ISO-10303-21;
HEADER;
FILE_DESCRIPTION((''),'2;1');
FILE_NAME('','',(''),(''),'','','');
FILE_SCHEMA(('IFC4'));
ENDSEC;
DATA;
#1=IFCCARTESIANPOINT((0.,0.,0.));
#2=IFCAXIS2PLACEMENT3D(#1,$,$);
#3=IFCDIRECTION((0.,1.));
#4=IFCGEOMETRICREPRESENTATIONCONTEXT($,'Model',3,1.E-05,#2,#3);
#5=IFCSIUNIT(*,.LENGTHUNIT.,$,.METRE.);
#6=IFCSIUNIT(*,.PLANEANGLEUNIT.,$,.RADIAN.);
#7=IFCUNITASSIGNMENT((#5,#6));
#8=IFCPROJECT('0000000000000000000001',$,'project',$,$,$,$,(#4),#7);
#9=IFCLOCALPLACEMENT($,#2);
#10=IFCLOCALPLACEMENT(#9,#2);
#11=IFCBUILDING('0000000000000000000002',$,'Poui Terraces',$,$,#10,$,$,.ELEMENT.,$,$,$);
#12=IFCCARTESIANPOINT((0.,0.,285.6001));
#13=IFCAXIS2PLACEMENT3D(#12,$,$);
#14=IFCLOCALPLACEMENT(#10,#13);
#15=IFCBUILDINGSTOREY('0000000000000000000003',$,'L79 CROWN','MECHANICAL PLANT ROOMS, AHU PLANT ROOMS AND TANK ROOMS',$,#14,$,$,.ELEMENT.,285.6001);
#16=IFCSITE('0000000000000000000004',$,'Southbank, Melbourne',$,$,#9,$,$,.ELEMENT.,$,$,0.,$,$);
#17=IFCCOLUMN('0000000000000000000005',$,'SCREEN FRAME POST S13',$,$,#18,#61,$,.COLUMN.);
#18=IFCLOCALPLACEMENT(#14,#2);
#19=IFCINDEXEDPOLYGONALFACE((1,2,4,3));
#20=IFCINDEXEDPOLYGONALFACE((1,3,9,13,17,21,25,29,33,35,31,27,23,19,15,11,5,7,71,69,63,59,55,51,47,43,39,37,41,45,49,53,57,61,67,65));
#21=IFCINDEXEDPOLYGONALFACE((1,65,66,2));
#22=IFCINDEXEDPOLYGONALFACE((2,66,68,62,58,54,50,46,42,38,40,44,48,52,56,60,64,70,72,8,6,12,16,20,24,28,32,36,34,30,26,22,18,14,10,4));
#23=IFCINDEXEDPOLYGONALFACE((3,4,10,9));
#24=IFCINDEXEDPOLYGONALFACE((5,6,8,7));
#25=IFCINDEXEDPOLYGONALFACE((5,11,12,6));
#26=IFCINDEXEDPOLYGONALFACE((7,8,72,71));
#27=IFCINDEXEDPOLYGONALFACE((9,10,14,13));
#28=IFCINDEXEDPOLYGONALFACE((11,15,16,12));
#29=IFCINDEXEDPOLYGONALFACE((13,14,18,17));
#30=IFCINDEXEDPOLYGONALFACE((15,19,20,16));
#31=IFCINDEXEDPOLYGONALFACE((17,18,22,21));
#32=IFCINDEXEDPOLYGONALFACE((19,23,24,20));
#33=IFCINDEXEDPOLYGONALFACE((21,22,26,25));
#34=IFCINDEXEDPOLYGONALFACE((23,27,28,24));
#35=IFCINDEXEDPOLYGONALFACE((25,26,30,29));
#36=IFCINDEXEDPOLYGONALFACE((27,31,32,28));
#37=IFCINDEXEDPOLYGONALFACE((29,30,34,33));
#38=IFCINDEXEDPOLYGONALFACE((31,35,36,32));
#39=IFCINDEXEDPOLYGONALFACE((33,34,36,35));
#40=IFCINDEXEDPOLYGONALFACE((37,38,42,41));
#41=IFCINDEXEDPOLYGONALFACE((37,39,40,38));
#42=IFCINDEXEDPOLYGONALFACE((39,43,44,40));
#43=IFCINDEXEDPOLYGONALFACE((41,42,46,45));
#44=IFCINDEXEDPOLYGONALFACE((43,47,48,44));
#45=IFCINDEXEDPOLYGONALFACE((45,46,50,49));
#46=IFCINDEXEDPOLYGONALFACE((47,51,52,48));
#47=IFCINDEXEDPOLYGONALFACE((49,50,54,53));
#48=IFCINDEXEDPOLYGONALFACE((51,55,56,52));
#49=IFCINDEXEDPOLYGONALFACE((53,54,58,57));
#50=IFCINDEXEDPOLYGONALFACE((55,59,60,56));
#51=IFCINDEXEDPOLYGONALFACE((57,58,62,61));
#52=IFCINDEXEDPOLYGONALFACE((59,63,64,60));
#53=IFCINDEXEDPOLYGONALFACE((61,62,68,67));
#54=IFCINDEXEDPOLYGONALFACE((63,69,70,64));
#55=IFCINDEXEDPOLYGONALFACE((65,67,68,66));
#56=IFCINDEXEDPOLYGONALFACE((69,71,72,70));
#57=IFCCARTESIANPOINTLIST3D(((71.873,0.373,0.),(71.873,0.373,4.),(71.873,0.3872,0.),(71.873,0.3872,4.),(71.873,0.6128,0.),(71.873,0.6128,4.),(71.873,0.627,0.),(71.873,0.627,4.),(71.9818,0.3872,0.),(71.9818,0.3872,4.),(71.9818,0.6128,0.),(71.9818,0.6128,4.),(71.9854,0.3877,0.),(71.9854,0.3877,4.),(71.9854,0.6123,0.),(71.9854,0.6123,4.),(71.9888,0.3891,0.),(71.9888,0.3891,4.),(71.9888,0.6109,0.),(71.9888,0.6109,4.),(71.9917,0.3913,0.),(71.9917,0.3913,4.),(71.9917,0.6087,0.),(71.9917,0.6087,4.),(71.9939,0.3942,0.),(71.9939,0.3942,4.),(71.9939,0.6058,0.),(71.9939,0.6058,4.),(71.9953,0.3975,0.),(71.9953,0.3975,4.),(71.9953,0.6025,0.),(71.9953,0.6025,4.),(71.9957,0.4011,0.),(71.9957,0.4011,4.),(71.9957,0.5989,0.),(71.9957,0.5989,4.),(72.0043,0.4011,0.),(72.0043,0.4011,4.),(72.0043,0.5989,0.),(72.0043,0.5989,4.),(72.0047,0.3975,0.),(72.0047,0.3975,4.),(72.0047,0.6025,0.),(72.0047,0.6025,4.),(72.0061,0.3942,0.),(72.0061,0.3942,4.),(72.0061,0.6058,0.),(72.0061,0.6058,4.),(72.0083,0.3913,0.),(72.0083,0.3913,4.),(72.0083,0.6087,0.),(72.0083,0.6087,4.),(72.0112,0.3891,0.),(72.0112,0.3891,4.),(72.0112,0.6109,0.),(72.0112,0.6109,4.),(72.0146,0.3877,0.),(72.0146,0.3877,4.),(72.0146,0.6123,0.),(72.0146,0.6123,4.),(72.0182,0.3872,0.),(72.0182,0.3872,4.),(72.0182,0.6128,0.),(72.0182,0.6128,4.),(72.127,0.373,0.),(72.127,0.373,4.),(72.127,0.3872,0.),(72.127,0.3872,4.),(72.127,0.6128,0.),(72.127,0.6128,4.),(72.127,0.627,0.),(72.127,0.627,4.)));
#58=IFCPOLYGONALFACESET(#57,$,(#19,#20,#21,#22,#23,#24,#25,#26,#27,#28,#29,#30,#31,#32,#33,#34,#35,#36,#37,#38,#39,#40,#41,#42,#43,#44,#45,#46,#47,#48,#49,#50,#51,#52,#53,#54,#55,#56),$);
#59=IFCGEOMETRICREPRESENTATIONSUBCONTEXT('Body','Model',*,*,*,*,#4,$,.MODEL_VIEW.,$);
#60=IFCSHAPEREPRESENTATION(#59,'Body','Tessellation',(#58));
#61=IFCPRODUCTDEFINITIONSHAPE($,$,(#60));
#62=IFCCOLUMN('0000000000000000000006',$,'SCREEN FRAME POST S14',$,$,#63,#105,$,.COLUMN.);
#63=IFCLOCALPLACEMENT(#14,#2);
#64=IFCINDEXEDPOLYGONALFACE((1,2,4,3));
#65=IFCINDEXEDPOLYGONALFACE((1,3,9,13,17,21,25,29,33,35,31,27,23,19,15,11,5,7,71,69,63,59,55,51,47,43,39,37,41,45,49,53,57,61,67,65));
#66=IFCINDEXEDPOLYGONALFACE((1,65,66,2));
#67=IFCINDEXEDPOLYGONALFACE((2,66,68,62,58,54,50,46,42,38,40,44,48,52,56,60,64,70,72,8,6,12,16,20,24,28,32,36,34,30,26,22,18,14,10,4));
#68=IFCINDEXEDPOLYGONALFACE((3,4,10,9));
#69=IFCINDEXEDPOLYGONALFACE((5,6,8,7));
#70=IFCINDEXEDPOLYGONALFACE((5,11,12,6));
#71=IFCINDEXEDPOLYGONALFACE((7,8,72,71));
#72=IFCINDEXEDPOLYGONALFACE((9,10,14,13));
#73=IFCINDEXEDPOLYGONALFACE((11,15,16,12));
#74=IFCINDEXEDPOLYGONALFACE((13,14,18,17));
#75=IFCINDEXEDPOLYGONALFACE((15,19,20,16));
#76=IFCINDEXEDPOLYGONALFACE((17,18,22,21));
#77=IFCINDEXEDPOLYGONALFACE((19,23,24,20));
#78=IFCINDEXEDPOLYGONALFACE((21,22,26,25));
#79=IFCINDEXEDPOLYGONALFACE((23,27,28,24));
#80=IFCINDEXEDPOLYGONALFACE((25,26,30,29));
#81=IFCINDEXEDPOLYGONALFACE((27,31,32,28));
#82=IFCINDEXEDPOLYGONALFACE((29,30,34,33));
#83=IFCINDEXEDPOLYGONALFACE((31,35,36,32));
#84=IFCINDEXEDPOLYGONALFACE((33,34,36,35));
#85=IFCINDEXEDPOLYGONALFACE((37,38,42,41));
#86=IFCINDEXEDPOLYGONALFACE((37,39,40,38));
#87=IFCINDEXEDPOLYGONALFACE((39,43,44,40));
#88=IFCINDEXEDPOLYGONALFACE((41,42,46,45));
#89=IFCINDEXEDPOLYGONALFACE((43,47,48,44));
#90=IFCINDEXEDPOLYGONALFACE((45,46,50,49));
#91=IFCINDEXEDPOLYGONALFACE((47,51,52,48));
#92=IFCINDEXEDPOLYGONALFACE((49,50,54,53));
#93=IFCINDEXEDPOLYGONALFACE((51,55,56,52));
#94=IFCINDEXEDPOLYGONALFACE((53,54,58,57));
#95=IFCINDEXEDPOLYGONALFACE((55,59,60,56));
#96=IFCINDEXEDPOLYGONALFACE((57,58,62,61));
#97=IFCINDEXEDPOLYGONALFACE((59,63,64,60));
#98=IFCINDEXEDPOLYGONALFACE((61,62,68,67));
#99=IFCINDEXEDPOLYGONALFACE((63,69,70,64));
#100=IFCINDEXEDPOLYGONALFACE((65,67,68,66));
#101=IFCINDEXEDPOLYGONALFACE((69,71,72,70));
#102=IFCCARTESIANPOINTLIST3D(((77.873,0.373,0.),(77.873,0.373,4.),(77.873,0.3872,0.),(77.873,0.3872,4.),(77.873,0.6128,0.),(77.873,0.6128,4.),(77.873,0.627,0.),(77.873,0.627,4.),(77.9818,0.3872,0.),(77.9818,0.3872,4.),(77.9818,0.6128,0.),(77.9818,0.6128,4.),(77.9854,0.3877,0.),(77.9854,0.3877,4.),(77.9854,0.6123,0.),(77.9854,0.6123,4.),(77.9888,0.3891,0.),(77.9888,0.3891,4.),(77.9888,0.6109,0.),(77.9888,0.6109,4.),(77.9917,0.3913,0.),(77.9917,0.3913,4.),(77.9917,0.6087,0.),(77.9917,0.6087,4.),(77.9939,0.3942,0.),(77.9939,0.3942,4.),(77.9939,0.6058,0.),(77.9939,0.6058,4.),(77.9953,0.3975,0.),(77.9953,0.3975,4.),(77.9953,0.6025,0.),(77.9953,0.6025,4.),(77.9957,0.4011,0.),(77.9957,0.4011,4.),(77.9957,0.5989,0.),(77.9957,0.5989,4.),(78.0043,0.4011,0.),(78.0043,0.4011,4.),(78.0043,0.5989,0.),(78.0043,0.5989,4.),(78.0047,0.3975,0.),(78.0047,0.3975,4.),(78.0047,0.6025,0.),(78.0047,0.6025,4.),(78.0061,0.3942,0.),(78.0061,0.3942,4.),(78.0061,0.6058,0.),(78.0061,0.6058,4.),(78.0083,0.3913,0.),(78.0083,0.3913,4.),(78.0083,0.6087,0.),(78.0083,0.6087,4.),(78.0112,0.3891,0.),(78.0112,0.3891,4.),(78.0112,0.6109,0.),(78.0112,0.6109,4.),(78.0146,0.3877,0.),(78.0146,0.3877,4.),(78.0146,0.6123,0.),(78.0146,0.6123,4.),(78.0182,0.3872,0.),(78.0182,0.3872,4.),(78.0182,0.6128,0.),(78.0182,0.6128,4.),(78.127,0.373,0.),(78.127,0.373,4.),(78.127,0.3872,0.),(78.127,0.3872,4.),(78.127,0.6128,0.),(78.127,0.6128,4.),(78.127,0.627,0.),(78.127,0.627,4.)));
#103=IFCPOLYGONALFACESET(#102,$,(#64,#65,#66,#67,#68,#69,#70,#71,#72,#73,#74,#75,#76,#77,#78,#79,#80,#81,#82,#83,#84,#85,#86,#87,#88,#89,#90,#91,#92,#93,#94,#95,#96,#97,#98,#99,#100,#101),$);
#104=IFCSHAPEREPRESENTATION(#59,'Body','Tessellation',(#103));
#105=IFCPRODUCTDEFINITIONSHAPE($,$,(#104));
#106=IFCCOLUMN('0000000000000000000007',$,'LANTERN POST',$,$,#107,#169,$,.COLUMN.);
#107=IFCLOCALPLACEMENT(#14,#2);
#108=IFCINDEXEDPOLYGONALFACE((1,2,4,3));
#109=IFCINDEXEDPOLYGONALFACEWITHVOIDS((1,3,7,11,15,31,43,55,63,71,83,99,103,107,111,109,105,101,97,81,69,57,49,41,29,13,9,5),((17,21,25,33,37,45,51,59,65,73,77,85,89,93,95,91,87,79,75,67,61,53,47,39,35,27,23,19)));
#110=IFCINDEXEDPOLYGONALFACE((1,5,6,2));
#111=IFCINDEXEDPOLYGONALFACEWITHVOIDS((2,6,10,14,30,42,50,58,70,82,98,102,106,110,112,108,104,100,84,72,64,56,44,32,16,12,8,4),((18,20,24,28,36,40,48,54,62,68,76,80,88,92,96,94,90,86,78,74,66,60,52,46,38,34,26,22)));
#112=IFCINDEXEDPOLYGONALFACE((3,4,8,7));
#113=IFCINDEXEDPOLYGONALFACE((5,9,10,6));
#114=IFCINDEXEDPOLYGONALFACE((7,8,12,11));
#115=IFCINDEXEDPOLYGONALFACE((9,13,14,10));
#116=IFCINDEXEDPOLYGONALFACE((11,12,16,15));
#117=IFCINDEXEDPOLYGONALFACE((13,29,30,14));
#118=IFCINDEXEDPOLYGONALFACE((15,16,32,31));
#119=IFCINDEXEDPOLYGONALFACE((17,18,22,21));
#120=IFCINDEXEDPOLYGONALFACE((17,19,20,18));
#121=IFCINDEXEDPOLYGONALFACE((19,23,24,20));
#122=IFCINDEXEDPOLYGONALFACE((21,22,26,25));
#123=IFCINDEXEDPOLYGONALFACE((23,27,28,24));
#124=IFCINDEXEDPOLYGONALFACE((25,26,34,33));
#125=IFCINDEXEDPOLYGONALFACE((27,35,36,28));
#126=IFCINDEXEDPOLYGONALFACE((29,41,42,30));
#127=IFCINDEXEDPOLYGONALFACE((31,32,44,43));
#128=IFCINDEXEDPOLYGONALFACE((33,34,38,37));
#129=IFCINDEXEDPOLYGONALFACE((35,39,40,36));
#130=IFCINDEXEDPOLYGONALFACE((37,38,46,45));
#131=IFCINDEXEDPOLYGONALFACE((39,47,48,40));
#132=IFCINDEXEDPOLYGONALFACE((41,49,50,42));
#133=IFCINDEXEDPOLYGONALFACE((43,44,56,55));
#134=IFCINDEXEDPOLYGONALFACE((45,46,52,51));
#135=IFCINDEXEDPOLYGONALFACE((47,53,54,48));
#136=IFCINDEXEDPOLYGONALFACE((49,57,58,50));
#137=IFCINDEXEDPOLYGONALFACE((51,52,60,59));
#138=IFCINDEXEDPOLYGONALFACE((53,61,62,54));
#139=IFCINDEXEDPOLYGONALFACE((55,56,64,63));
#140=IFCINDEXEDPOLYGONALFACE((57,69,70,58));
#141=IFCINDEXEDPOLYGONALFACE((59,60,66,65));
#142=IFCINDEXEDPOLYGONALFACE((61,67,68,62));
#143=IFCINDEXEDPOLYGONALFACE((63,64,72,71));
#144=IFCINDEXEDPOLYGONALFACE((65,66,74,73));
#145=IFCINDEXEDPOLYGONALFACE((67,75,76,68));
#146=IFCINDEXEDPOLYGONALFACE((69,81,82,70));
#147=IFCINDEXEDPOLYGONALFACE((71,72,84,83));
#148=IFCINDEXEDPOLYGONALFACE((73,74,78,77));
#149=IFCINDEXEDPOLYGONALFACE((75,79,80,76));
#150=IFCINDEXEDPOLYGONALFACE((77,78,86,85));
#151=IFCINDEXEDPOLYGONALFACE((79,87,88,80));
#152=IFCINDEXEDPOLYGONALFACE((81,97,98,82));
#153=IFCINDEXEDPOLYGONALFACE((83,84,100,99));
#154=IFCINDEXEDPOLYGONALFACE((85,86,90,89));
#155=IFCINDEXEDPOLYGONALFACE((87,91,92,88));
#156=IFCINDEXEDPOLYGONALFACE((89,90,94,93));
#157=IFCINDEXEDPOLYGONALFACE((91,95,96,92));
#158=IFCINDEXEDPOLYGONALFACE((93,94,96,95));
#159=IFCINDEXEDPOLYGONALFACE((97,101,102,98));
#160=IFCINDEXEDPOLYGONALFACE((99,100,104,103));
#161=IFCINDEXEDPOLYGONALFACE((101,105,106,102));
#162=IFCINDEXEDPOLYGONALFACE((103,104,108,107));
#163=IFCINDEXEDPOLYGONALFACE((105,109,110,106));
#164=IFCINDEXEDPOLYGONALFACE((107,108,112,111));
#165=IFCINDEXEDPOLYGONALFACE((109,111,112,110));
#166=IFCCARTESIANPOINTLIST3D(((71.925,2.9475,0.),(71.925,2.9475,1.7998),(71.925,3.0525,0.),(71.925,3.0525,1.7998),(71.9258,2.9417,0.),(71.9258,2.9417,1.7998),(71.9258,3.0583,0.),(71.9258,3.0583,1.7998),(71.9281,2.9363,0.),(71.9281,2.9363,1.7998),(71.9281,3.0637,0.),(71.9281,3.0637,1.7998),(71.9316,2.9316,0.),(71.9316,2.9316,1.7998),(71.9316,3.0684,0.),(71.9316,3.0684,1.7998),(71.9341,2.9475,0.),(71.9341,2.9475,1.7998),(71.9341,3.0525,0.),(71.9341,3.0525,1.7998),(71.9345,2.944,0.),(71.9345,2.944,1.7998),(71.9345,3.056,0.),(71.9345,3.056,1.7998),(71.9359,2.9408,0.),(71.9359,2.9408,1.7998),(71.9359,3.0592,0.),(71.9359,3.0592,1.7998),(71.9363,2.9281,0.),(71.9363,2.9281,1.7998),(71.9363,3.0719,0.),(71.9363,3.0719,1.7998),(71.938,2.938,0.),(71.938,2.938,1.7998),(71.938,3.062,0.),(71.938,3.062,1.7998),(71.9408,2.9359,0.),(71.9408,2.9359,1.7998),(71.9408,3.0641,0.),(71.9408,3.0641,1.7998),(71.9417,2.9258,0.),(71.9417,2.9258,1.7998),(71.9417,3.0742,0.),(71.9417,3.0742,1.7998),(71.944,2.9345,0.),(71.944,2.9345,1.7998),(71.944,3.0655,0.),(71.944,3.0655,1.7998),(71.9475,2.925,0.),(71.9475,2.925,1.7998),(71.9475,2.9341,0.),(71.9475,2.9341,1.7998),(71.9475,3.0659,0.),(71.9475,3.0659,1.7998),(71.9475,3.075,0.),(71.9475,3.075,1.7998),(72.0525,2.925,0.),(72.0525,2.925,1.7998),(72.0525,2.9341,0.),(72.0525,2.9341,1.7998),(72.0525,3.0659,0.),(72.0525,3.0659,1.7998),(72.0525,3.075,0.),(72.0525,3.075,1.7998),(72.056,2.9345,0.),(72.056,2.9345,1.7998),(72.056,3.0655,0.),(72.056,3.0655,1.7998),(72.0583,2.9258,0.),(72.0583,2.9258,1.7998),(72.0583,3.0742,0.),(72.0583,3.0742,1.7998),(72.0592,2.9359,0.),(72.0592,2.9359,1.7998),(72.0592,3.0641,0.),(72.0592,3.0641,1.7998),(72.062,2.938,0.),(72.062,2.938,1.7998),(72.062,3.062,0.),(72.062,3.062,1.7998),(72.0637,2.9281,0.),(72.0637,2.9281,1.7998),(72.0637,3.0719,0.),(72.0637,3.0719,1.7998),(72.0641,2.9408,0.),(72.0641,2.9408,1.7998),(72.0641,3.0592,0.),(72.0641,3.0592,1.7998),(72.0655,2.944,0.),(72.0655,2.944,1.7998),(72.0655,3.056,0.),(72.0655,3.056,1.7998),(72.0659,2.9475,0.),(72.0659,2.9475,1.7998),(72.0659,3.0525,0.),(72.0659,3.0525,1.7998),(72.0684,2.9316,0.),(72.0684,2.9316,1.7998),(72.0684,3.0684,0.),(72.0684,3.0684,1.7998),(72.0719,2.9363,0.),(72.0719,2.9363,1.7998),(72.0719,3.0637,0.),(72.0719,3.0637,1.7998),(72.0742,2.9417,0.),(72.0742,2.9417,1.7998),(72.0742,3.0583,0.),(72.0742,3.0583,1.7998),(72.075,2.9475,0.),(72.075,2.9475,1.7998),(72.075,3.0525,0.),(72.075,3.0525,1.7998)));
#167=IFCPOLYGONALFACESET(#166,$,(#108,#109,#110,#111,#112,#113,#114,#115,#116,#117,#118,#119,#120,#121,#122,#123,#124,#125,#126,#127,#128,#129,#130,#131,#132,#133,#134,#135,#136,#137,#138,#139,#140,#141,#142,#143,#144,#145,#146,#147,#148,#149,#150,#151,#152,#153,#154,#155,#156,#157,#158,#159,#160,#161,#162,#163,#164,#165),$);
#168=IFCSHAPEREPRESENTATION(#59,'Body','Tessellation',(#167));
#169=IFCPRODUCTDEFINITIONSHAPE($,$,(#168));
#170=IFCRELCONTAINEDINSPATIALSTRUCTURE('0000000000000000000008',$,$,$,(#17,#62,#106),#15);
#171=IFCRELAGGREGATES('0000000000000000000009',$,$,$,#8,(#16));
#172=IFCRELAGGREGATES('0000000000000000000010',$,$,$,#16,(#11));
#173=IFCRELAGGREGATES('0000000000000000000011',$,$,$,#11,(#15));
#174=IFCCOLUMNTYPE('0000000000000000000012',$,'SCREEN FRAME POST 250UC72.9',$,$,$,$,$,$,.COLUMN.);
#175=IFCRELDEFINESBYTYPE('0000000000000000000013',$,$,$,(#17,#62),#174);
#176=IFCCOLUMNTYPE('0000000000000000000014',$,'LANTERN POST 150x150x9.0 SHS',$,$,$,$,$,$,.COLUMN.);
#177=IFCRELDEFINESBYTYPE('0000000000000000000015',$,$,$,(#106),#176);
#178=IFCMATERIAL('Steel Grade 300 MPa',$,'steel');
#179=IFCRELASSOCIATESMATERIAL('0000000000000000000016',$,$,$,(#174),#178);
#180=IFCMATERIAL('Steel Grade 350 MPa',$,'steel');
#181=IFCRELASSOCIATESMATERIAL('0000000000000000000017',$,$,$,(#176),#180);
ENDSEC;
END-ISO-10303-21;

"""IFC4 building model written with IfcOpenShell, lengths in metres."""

from ifc_helpers import new_model, si_unit, direction, frame, origin, origin_2d, place, context, subcontext, project, spatial, hollow_rectangle, i_section, extrude, source, transform, mapped, material, material_profile, profile_set, type_object, element, save


model = new_model("IFC4")

# Units and contexts
model_context = context("Model", 3, precision=1e-05, world=origin(), true_north=direction((0.0, 1.0)))
body_context = subcontext(model_context, "Body", "Model", "MODEL_VIEW")
ifc_project = project(units=[si_unit("LENGTHUNIT", "METRE"), si_unit("PLANEANGLEUNIT", "RADIAN")], contexts=[model_context])

# Site, building, storey
site_placement = place(None, origin())
site = spatial("IfcSite", under=ifc_project, at=site_placement, Name="Southbank, Melbourne", CompositionType="ELEMENT", RefElevation=0.0)
building_placement = place(site_placement, origin())
building = spatial("IfcBuilding", under=site, at=building_placement, Name="Poui Terraces", CompositionType="ELEMENT")
storey_placement = place(building_placement, frame((0.0, 0.0, 285.6001)))
storey = spatial("IfcBuildingStorey", under=building, at=storey_placement, Name="L79 CROWN", Description="MECHANICAL PLANT ROOMS, AHU PLANT ROOMS AND TANK ROOMS", CompositionType="ELEMENT", Elevation=285.6001)

# Columns
ifc_material_1 = material(Name="Steel Grade 300 MPa", Category="steel")
ifc_material_profile_1 = material_profile(ifc_material_1, i_section(OverallWidth=0.2539, OverallDepth=0.2539, WebThickness=0.0085, FlangeThickness=0.0142, FilletRadius=0.0139, at=origin_2d()), Name="250UC72.9")
ifc_profile_set_1 = profile_set([ifc_material_profile_1], Name="Steel Grade 300 MPa")
column_type_1 = type_object("IfcColumnType", Name="SCREEN FRAME POST 250UC72.9", PredefinedType="COLUMN", material=ifc_profile_set_1)
shared_shape_1 = source(origin(), body_context, "Body", "SweptSolid", [
    extrude(i_section(OverallWidth=0.2539, OverallDepth=0.2539, WebThickness=0.0085, FlangeThickness=0.0142, FilletRadius=0.0139, at=origin_2d()), origin(), (0.0, 0.0, 1.0), 4.0),
])
for number, where, z_axis, x_axis, name in (
    (1, (72.0, 0.5, 0.0), (0.0, 0.0, 1.0), (1.0, 0.0, 0.0), "SCREEN FRAME POST S13"),
    (2, (78.0, 0.5, 0.0), (0.0, 0.0, 1.0), (1.0, 0.0, 0.0), "SCREEN FRAME POST S14"),
):
    element("IfcColumn", number, at=place(storey_placement, frame(where, z_axis=z_axis, x_axis=x_axis)), inside=storey, type_object=column_type_1, Name=name, PredefinedType="COLUMN", context=body_context, shape_type="MappedRepresentation", body=[
        mapped(shared_shape_1, transform((0.0, 0.0, 0.0))),
    ])
ifc_material_2 = material(Name="Steel Grade 350 MPa", Category="steel")
ifc_material_profile_2 = material_profile(ifc_material_2, hollow_rectangle(XDim=0.1499, YDim=0.1499, WallThickness=0.009, InnerFilletRadius=0.0134, OuterFilletRadius=0.0225, at=origin_2d()), Name="150x150x9.0 SHS")
ifc_profile_set_2 = profile_set([ifc_material_profile_2], Name="Steel Grade 350 MPa")
column_type_2 = type_object("IfcColumnType", Name="LANTERN POST 150x150x9.0 SHS", PredefinedType="COLUMN", material=ifc_profile_set_2)
shared_shape_2 = source(origin(), body_context, "Body", "SweptSolid", [
    extrude(hollow_rectangle(XDim=0.1499, YDim=0.1499, WallThickness=0.009, InnerFilletRadius=0.0134, OuterFilletRadius=0.0225, at=origin_2d()), origin(), (0.0, 0.0, 1.0), 1.7998),
])
for number, where, z_axis, x_axis, name in (
    (3, (72.0, 3.0, 0.0), (0.0, 0.0, 1.0), (1.0, 0.0, 0.0), "LANTERN POST"),
):
    element("IfcColumn", number, at=place(storey_placement, frame(where, z_axis=z_axis, x_axis=x_axis)), inside=storey, type_object=column_type_2, Name=name, PredefinedType="COLUMN", context=body_context, shape_type="MappedRepresentation", body=[
        mapped(shared_shape_2, transform((0.0, 0.0, 0.0))),
    ])

save(model, "model.ifc")
